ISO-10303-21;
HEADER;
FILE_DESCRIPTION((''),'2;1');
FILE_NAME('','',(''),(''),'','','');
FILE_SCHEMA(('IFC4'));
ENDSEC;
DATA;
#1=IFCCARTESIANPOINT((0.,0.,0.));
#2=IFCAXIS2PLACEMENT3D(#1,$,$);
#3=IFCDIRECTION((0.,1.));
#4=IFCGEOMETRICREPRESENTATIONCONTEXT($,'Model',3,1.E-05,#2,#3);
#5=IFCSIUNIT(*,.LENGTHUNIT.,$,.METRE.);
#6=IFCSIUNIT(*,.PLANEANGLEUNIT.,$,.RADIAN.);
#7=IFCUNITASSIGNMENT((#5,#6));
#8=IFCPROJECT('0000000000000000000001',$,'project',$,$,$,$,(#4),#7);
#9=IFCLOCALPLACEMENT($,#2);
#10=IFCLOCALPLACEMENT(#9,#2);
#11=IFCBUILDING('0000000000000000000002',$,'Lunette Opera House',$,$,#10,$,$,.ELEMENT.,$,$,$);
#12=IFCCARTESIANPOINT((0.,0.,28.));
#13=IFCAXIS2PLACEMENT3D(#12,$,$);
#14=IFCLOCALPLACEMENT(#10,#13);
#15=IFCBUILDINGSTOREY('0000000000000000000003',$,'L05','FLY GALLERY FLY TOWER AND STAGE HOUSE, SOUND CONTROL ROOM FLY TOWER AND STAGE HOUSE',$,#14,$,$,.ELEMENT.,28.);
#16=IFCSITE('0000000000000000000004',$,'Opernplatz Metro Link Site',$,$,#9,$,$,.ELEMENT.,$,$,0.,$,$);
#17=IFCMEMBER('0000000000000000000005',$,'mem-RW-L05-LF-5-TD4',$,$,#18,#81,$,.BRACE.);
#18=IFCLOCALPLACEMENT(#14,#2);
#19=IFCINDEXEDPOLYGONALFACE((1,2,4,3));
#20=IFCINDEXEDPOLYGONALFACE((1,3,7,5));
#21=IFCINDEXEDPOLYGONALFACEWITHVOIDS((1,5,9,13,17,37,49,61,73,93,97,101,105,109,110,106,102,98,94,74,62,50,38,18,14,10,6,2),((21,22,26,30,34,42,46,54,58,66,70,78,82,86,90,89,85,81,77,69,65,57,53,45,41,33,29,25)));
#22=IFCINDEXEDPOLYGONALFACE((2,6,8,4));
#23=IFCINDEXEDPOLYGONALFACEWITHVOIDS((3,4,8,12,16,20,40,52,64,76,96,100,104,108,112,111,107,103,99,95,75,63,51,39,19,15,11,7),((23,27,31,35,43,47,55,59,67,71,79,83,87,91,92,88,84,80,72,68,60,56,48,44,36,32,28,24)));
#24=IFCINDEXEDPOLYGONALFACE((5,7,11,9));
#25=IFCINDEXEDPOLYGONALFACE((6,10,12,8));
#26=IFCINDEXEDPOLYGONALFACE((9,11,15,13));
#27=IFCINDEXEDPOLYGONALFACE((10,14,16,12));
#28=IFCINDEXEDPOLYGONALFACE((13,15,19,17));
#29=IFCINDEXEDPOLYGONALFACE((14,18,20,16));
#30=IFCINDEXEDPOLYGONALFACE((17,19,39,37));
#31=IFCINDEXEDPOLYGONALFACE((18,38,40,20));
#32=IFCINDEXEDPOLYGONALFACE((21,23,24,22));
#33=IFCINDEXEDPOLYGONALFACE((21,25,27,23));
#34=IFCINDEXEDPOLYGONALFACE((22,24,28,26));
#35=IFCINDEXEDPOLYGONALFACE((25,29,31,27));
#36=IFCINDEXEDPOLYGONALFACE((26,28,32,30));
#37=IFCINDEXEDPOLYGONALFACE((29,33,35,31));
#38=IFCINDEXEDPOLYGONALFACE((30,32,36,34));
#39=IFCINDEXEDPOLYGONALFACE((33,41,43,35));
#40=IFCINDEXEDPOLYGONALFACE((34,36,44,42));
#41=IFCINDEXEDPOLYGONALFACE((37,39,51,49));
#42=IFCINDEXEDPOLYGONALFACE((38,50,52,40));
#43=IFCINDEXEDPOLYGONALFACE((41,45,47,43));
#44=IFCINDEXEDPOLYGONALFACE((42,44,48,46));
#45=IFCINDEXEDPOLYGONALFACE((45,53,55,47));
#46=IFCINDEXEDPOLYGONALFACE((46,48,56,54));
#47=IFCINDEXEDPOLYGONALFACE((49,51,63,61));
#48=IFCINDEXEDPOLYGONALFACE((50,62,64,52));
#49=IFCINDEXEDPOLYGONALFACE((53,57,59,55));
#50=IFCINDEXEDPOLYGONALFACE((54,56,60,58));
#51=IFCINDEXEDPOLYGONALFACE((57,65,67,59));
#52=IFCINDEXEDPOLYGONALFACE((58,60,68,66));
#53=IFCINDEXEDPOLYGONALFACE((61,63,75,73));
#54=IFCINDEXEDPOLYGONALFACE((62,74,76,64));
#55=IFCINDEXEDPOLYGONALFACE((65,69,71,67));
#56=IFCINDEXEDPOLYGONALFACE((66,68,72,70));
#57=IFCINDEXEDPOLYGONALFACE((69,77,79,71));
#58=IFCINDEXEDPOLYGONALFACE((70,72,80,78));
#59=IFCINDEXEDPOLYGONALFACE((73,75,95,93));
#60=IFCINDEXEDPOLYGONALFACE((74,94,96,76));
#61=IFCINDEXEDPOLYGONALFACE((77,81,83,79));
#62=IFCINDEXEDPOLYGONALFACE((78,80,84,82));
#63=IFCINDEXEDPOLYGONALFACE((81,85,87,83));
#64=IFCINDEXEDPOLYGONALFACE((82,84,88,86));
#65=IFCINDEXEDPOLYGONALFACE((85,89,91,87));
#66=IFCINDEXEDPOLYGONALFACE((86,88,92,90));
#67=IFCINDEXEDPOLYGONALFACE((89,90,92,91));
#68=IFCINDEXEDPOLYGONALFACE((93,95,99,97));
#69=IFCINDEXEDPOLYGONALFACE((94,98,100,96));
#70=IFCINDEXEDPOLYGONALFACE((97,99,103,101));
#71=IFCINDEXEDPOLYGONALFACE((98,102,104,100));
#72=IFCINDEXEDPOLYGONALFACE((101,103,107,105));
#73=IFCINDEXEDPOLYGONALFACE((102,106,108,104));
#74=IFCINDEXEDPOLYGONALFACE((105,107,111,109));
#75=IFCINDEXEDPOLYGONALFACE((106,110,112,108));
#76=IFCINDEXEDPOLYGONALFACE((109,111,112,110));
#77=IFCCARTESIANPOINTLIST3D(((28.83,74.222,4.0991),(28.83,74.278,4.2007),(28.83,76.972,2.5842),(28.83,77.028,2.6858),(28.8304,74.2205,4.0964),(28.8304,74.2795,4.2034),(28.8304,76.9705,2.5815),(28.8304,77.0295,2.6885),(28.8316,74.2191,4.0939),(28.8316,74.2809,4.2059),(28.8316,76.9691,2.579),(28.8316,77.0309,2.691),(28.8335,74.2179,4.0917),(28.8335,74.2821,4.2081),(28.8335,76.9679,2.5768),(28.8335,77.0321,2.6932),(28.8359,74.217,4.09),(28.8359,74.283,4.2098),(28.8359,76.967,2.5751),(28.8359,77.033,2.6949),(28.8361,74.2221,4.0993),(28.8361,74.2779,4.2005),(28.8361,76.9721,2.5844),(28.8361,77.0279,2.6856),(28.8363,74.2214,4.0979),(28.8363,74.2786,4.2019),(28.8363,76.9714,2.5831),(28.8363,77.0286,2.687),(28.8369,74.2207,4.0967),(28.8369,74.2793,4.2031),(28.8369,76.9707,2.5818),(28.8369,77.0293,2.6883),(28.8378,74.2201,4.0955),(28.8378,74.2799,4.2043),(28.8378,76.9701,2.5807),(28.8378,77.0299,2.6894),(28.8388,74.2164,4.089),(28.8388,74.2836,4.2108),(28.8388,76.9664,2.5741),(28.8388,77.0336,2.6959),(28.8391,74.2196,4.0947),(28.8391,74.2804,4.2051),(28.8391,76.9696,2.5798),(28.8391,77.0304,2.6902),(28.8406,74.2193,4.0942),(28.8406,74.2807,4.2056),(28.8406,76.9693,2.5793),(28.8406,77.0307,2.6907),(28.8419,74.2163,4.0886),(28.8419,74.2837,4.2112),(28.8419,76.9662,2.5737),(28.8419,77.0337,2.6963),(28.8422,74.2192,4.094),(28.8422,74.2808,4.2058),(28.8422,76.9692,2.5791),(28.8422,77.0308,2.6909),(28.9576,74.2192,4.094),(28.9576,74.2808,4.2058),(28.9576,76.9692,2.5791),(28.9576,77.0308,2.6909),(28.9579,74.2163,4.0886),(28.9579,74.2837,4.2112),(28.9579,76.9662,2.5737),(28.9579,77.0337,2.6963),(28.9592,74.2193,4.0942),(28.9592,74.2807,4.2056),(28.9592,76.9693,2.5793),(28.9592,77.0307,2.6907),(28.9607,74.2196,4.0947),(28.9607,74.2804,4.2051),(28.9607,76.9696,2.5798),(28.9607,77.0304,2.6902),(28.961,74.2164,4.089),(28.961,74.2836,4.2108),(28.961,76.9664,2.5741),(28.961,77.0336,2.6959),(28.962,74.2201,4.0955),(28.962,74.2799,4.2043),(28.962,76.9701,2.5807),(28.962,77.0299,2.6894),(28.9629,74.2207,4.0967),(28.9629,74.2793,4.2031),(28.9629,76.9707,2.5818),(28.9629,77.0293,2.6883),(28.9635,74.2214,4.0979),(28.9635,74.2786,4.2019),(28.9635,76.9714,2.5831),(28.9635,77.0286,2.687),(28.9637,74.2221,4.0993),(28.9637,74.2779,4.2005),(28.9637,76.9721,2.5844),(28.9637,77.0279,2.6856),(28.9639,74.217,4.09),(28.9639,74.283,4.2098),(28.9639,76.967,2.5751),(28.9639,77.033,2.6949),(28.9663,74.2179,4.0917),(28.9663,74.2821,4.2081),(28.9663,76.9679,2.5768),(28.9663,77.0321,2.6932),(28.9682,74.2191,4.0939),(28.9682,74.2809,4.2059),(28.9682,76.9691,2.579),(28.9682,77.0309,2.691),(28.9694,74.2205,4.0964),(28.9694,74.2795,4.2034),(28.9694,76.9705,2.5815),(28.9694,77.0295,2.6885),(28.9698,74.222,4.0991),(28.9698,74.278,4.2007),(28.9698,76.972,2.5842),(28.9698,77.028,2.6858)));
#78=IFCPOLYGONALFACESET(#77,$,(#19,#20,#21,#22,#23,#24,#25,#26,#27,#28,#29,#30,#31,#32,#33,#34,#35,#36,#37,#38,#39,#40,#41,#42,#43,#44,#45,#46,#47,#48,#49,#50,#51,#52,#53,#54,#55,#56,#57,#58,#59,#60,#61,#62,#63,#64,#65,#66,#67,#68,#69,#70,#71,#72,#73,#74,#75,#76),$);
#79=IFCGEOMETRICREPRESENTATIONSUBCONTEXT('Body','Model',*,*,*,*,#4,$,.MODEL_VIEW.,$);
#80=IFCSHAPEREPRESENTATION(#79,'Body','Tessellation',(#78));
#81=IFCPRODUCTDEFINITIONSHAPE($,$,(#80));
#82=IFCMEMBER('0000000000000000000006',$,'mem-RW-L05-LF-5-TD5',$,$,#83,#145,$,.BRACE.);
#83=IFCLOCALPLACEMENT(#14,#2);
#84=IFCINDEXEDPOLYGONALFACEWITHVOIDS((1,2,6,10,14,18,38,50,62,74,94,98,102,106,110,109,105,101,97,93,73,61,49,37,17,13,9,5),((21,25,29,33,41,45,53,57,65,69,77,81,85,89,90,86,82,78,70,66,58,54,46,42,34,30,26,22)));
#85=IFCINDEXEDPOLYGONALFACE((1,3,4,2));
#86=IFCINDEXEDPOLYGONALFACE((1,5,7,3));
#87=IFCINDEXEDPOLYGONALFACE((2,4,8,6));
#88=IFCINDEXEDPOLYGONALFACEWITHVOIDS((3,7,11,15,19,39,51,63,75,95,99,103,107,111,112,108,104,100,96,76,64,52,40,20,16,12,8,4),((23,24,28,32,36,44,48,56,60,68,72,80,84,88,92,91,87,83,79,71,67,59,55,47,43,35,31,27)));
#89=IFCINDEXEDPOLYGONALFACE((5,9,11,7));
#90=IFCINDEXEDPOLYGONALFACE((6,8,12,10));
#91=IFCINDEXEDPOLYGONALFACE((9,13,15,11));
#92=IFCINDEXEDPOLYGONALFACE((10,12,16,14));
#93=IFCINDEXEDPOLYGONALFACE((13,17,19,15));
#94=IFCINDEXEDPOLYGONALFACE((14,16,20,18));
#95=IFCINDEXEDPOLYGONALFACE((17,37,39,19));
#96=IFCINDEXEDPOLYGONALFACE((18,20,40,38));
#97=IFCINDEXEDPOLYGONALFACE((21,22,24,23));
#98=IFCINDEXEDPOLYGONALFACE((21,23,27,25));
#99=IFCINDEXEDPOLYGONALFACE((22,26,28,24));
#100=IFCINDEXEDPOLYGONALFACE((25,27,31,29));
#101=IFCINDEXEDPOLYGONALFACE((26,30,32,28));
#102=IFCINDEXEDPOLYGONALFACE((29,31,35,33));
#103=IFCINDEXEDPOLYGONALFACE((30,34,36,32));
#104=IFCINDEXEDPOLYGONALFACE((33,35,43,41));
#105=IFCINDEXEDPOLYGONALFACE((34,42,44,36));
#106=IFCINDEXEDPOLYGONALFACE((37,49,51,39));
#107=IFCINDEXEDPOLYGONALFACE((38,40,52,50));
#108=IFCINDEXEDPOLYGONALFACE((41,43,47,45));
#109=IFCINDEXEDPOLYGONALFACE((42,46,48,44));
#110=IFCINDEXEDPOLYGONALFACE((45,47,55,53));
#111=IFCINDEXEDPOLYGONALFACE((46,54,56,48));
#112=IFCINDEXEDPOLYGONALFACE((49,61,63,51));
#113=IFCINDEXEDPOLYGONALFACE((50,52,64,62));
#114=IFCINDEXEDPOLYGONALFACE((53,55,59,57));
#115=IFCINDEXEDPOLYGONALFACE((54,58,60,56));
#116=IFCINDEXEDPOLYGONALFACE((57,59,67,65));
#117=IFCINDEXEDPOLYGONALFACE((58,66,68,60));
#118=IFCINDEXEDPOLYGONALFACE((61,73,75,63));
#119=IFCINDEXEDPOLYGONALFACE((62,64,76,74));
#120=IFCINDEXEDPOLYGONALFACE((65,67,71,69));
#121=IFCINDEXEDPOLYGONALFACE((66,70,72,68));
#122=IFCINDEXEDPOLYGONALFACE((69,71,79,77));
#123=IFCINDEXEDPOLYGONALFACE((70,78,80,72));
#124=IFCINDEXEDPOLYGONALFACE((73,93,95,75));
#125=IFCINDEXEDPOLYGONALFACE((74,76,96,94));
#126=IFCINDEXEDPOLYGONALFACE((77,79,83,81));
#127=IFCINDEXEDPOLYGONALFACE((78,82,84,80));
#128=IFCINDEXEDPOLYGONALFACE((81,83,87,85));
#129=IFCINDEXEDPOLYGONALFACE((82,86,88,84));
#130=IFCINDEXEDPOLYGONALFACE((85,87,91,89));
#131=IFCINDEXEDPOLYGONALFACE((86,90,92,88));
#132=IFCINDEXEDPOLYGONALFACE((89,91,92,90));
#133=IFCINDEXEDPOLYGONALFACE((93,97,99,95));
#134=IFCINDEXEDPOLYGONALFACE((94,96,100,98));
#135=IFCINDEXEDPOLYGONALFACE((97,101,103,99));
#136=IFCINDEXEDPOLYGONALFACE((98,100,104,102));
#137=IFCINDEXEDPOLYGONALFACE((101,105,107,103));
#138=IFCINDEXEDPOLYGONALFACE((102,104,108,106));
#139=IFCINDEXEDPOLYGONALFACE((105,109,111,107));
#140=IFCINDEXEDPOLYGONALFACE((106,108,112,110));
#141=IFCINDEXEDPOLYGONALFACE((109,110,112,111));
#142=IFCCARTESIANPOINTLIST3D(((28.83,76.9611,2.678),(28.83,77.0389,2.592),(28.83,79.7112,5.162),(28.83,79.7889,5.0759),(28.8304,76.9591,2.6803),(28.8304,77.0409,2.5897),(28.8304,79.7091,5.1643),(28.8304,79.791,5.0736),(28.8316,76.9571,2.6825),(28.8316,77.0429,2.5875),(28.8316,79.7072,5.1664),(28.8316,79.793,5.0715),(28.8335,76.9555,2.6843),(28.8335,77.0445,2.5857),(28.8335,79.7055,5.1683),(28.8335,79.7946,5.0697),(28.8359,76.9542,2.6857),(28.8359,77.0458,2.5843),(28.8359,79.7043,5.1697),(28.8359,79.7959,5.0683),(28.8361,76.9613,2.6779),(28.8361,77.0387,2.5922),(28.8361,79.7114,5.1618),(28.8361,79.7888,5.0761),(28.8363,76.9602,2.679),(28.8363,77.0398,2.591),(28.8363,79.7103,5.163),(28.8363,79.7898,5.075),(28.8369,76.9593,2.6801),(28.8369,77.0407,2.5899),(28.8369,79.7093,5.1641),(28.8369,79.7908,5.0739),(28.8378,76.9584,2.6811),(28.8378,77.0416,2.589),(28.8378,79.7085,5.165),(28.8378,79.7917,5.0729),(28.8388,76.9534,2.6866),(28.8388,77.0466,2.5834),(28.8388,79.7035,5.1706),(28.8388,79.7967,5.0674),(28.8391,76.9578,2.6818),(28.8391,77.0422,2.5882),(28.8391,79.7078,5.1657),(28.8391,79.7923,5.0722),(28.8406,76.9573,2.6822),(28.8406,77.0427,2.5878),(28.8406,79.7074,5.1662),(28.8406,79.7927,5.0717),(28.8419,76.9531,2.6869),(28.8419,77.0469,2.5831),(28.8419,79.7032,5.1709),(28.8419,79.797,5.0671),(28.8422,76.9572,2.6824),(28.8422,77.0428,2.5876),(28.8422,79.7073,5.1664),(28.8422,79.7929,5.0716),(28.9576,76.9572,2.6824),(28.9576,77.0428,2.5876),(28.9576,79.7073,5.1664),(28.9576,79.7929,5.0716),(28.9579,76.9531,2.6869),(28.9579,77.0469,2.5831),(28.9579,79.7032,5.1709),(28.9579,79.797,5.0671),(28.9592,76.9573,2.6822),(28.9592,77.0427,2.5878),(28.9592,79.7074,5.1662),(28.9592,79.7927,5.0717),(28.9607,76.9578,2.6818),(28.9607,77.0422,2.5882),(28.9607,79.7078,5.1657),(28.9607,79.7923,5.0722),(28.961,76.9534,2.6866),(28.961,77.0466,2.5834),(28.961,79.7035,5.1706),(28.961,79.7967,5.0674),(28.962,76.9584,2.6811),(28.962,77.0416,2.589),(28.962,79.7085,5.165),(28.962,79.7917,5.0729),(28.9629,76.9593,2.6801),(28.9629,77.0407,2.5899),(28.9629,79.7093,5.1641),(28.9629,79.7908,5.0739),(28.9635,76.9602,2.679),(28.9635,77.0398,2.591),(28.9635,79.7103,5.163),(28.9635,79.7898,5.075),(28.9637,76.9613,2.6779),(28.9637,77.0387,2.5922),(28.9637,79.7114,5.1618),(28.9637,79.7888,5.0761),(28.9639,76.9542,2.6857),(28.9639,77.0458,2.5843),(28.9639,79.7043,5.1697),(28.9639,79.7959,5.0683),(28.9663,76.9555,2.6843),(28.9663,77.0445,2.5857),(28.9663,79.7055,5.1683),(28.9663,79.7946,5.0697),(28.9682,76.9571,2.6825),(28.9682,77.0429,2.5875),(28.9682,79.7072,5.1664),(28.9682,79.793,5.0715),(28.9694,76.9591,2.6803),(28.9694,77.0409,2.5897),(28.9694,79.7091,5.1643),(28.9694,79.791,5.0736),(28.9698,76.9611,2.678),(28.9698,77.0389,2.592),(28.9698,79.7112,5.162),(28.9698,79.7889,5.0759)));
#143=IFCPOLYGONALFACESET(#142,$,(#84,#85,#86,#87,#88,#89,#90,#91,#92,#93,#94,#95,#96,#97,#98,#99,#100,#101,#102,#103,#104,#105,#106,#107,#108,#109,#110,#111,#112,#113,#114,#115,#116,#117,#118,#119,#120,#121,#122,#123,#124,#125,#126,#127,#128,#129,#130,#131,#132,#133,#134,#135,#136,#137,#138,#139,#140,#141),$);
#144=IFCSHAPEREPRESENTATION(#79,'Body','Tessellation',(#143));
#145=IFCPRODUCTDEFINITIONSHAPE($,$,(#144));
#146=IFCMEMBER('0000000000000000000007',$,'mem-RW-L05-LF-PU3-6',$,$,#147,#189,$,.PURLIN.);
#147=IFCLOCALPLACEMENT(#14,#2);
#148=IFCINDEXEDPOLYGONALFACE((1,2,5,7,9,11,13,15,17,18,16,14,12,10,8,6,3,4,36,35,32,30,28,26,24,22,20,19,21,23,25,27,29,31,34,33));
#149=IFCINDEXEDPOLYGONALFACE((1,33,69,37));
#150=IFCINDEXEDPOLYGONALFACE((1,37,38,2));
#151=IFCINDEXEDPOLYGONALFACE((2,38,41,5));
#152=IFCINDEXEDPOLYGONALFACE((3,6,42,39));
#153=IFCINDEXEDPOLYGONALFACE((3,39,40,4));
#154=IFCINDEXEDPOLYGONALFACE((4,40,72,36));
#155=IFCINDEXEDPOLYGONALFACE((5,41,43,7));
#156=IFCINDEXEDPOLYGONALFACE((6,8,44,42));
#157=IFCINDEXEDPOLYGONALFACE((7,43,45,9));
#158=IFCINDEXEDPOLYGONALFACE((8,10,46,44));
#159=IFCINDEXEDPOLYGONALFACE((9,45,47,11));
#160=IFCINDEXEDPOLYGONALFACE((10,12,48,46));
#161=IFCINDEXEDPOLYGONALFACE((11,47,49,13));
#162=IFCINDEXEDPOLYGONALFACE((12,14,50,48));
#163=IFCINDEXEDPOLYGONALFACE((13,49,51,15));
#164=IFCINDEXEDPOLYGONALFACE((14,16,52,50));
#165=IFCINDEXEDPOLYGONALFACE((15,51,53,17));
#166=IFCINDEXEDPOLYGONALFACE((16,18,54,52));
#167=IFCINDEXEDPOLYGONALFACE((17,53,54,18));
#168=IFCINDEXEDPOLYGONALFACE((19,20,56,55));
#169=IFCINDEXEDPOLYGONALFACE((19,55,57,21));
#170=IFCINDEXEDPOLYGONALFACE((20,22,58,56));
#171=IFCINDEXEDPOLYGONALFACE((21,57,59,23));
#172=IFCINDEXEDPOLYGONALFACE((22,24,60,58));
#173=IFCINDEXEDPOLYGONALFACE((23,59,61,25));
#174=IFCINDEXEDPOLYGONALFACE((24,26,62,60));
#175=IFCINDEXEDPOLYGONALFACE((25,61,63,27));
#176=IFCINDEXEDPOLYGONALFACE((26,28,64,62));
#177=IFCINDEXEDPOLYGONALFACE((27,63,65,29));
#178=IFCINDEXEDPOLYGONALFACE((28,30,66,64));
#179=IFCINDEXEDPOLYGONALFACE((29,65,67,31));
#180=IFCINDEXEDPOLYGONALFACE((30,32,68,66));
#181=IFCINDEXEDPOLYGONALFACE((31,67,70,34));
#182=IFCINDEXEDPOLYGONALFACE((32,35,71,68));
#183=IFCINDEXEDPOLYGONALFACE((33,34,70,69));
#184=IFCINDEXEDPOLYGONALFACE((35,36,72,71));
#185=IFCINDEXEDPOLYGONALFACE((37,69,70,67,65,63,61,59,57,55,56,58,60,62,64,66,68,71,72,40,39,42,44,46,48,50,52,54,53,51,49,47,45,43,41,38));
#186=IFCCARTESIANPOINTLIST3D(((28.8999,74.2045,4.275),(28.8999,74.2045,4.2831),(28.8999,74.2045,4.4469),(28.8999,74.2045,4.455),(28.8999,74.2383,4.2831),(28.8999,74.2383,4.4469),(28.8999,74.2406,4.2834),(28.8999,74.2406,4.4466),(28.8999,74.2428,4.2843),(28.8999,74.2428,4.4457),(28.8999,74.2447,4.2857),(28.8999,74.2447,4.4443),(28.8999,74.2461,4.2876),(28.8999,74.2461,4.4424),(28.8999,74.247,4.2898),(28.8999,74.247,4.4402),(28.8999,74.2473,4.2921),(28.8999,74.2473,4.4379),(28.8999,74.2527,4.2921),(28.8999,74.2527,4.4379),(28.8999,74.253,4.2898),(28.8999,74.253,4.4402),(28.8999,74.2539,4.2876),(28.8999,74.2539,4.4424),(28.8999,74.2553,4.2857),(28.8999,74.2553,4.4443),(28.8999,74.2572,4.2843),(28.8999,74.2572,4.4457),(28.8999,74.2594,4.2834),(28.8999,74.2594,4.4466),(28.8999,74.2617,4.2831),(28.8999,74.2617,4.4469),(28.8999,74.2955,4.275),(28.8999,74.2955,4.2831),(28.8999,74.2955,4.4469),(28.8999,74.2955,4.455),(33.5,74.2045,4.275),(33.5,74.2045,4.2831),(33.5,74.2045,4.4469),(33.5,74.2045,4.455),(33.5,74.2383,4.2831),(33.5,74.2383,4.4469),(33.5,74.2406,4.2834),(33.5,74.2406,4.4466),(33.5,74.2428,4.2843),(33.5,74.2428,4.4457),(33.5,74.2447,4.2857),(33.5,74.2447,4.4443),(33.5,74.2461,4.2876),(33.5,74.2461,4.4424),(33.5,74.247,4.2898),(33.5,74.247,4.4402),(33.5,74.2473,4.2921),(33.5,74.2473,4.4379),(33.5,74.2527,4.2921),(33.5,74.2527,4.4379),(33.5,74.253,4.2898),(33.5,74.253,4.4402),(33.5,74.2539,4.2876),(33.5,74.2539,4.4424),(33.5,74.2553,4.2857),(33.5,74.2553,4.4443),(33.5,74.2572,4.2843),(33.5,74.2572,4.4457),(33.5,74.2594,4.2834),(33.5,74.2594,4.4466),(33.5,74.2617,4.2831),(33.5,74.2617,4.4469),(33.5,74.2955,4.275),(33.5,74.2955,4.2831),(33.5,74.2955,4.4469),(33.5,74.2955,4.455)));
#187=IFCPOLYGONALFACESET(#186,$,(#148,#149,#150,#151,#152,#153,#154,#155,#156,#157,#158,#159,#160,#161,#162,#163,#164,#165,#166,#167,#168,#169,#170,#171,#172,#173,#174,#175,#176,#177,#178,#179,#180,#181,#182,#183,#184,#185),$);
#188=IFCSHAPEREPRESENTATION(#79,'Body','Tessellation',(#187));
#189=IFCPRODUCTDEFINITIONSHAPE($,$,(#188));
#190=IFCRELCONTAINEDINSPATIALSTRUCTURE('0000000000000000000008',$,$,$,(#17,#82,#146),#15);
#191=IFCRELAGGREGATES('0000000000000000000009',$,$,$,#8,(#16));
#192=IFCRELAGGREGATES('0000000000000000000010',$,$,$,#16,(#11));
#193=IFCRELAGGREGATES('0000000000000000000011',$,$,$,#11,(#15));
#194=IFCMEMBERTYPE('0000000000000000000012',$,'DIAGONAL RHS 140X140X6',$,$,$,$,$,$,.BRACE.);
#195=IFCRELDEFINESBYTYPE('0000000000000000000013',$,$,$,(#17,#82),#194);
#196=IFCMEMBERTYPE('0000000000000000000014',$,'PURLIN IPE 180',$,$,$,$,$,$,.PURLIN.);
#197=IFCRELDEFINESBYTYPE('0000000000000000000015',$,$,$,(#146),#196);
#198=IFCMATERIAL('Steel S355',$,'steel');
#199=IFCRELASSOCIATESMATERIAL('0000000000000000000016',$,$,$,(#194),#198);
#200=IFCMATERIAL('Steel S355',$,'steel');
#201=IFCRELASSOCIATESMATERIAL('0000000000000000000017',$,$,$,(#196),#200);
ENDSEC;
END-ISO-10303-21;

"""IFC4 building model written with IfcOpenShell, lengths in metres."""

from ifc_helpers import new_model, si_unit, direction, frame, origin, origin_2d, place, context, subcontext, project, spatial, hollow_rectangle, i_section, extrude, material, material_profile, profile_set, type_object, element, save


model = new_model("IFC4")

# Units and contexts
model_context = context("Model", 3, precision=1e-05, world=origin(), true_north=direction((0.0, 1.0)))
body_context = subcontext(model_context, "Body", "Model", "MODEL_VIEW")
ifc_project = project(units=[si_unit("LENGTHUNIT", "METRE"), si_unit("PLANEANGLEUNIT", "RADIAN")], contexts=[model_context])

# Site, building, storey
site_placement = place(None, origin())
site = spatial("IfcSite", under=ifc_project, at=site_placement, Name="Opernplatz Metro Link Site", CompositionType="ELEMENT", RefElevation=0.0)
building_placement = place(site_placement, origin())
building = spatial("IfcBuilding", under=site, at=building_placement, Name="Lunette Opera House", CompositionType="ELEMENT")
storey_placement = place(building_placement, frame((0.0, 0.0, 28.0)))
storey = spatial("IfcBuildingStorey", under=building, at=storey_placement, Name="L05", Description="FLY GALLERY FLY TOWER AND STAGE HOUSE, SOUND CONTROL ROOM FLY TOWER AND STAGE HOUSE", CompositionType="ELEMENT", Elevation=28.0)

# Members
ifc_material_1 = material(Name="Steel S355", Category="steel")
ifc_material_profile_1 = material_profile(ifc_material_1, hollow_rectangle(XDim=0.1399, YDim=0.1399, WallThickness=0.0061, InnerFilletRadius=0.0061, OuterFilletRadius=0.012, at=origin_2d()), Name="RHS 140X140X6")
ifc_profile_set_1 = profile_set([ifc_material_profile_1], Name="Steel S355")
member_type_1 = type_object("IfcMemberType", Name="DIAGONAL RHS 140X140X6", PredefinedType="BRACE", material=ifc_profile_set_1)
member_1_placement = place(storey_placement, frame((28.8999, 74.25, 4.1499), z_axis=(0.0, 0.875894, -0.482504), x_axis=(-1.0, 0.0, 0.0)))
element("IfcMember", 1, at=member_1_placement, inside=storey, type_object=member_type_1, Name="mem-RW-L05-LF-5-TD4", PredefinedType="BRACE", context=body_context, shape_type="SweptSolid", body=[
    extrude(hollow_rectangle(XDim=0.1399, YDim=0.1399, WallThickness=0.0061, InnerFilletRadius=0.0061, OuterFilletRadius=0.012, at=origin_2d()), origin(), (0.0, 0.0, 1.0), 3.1396),
])
member_2_placement = place(storey_placement, frame((28.8999, 77.0, 2.635), z_axis=(0.0, 0.742101, 0.670289), x_axis=(-1.0, 0.0, 0.0)))
element("IfcMember", 2, at=member_2_placement, inside=storey, type_object=member_type_1, Name="mem-RW-L05-LF-5-TD5", PredefinedType="BRACE", context=body_context, shape_type="SweptSolid", body=[
    extrude(hollow_rectangle(XDim=0.1399, YDim=0.1399, WallThickness=0.0061, InnerFilletRadius=0.0061, OuterFilletRadius=0.012, at=origin_2d()), origin(), (0.0, 0.0, 1.0), 3.7058),
])
ifc_material_2 = material(Name="Steel S355", Category="steel")
ifc_material_profile_2 = material_profile(ifc_material_2, i_section(OverallWidth=0.0911, OverallDepth=0.1799, WebThickness=0.0054, FlangeThickness=0.0081, FilletRadius=0.009, at=origin_2d()), Name="IPE 180")
ifc_profile_set_2 = profile_set([ifc_material_profile_2], Name="Steel S355")
member_type_2 = type_object("IfcMemberType", Name="PURLIN IPE 180", PredefinedType="PURLIN", material=ifc_profile_set_2)
member_3_placement = place(storey_placement, frame((28.8999, 74.25, 4.365), z_axis=(1.0, 0.0, 0.0), x_axis=(0.0, 1.0, 0.0)))
element("IfcMember", 3, at=member_3_placement, inside=storey, type_object=member_type_2, Name="mem-RW-L05-LF-PU3-6", PredefinedType="PURLIN", context=body_context, shape_type="SweptSolid", body=[
    extrude(i_section(OverallWidth=0.0911, OverallDepth=0.1799, WebThickness=0.0054, FlangeThickness=0.0081, FilletRadius=0.009, at=origin_2d()), origin(), (0.0, 0.0, 1.0), 4.6001),
])

save(model, "model.ifc")
